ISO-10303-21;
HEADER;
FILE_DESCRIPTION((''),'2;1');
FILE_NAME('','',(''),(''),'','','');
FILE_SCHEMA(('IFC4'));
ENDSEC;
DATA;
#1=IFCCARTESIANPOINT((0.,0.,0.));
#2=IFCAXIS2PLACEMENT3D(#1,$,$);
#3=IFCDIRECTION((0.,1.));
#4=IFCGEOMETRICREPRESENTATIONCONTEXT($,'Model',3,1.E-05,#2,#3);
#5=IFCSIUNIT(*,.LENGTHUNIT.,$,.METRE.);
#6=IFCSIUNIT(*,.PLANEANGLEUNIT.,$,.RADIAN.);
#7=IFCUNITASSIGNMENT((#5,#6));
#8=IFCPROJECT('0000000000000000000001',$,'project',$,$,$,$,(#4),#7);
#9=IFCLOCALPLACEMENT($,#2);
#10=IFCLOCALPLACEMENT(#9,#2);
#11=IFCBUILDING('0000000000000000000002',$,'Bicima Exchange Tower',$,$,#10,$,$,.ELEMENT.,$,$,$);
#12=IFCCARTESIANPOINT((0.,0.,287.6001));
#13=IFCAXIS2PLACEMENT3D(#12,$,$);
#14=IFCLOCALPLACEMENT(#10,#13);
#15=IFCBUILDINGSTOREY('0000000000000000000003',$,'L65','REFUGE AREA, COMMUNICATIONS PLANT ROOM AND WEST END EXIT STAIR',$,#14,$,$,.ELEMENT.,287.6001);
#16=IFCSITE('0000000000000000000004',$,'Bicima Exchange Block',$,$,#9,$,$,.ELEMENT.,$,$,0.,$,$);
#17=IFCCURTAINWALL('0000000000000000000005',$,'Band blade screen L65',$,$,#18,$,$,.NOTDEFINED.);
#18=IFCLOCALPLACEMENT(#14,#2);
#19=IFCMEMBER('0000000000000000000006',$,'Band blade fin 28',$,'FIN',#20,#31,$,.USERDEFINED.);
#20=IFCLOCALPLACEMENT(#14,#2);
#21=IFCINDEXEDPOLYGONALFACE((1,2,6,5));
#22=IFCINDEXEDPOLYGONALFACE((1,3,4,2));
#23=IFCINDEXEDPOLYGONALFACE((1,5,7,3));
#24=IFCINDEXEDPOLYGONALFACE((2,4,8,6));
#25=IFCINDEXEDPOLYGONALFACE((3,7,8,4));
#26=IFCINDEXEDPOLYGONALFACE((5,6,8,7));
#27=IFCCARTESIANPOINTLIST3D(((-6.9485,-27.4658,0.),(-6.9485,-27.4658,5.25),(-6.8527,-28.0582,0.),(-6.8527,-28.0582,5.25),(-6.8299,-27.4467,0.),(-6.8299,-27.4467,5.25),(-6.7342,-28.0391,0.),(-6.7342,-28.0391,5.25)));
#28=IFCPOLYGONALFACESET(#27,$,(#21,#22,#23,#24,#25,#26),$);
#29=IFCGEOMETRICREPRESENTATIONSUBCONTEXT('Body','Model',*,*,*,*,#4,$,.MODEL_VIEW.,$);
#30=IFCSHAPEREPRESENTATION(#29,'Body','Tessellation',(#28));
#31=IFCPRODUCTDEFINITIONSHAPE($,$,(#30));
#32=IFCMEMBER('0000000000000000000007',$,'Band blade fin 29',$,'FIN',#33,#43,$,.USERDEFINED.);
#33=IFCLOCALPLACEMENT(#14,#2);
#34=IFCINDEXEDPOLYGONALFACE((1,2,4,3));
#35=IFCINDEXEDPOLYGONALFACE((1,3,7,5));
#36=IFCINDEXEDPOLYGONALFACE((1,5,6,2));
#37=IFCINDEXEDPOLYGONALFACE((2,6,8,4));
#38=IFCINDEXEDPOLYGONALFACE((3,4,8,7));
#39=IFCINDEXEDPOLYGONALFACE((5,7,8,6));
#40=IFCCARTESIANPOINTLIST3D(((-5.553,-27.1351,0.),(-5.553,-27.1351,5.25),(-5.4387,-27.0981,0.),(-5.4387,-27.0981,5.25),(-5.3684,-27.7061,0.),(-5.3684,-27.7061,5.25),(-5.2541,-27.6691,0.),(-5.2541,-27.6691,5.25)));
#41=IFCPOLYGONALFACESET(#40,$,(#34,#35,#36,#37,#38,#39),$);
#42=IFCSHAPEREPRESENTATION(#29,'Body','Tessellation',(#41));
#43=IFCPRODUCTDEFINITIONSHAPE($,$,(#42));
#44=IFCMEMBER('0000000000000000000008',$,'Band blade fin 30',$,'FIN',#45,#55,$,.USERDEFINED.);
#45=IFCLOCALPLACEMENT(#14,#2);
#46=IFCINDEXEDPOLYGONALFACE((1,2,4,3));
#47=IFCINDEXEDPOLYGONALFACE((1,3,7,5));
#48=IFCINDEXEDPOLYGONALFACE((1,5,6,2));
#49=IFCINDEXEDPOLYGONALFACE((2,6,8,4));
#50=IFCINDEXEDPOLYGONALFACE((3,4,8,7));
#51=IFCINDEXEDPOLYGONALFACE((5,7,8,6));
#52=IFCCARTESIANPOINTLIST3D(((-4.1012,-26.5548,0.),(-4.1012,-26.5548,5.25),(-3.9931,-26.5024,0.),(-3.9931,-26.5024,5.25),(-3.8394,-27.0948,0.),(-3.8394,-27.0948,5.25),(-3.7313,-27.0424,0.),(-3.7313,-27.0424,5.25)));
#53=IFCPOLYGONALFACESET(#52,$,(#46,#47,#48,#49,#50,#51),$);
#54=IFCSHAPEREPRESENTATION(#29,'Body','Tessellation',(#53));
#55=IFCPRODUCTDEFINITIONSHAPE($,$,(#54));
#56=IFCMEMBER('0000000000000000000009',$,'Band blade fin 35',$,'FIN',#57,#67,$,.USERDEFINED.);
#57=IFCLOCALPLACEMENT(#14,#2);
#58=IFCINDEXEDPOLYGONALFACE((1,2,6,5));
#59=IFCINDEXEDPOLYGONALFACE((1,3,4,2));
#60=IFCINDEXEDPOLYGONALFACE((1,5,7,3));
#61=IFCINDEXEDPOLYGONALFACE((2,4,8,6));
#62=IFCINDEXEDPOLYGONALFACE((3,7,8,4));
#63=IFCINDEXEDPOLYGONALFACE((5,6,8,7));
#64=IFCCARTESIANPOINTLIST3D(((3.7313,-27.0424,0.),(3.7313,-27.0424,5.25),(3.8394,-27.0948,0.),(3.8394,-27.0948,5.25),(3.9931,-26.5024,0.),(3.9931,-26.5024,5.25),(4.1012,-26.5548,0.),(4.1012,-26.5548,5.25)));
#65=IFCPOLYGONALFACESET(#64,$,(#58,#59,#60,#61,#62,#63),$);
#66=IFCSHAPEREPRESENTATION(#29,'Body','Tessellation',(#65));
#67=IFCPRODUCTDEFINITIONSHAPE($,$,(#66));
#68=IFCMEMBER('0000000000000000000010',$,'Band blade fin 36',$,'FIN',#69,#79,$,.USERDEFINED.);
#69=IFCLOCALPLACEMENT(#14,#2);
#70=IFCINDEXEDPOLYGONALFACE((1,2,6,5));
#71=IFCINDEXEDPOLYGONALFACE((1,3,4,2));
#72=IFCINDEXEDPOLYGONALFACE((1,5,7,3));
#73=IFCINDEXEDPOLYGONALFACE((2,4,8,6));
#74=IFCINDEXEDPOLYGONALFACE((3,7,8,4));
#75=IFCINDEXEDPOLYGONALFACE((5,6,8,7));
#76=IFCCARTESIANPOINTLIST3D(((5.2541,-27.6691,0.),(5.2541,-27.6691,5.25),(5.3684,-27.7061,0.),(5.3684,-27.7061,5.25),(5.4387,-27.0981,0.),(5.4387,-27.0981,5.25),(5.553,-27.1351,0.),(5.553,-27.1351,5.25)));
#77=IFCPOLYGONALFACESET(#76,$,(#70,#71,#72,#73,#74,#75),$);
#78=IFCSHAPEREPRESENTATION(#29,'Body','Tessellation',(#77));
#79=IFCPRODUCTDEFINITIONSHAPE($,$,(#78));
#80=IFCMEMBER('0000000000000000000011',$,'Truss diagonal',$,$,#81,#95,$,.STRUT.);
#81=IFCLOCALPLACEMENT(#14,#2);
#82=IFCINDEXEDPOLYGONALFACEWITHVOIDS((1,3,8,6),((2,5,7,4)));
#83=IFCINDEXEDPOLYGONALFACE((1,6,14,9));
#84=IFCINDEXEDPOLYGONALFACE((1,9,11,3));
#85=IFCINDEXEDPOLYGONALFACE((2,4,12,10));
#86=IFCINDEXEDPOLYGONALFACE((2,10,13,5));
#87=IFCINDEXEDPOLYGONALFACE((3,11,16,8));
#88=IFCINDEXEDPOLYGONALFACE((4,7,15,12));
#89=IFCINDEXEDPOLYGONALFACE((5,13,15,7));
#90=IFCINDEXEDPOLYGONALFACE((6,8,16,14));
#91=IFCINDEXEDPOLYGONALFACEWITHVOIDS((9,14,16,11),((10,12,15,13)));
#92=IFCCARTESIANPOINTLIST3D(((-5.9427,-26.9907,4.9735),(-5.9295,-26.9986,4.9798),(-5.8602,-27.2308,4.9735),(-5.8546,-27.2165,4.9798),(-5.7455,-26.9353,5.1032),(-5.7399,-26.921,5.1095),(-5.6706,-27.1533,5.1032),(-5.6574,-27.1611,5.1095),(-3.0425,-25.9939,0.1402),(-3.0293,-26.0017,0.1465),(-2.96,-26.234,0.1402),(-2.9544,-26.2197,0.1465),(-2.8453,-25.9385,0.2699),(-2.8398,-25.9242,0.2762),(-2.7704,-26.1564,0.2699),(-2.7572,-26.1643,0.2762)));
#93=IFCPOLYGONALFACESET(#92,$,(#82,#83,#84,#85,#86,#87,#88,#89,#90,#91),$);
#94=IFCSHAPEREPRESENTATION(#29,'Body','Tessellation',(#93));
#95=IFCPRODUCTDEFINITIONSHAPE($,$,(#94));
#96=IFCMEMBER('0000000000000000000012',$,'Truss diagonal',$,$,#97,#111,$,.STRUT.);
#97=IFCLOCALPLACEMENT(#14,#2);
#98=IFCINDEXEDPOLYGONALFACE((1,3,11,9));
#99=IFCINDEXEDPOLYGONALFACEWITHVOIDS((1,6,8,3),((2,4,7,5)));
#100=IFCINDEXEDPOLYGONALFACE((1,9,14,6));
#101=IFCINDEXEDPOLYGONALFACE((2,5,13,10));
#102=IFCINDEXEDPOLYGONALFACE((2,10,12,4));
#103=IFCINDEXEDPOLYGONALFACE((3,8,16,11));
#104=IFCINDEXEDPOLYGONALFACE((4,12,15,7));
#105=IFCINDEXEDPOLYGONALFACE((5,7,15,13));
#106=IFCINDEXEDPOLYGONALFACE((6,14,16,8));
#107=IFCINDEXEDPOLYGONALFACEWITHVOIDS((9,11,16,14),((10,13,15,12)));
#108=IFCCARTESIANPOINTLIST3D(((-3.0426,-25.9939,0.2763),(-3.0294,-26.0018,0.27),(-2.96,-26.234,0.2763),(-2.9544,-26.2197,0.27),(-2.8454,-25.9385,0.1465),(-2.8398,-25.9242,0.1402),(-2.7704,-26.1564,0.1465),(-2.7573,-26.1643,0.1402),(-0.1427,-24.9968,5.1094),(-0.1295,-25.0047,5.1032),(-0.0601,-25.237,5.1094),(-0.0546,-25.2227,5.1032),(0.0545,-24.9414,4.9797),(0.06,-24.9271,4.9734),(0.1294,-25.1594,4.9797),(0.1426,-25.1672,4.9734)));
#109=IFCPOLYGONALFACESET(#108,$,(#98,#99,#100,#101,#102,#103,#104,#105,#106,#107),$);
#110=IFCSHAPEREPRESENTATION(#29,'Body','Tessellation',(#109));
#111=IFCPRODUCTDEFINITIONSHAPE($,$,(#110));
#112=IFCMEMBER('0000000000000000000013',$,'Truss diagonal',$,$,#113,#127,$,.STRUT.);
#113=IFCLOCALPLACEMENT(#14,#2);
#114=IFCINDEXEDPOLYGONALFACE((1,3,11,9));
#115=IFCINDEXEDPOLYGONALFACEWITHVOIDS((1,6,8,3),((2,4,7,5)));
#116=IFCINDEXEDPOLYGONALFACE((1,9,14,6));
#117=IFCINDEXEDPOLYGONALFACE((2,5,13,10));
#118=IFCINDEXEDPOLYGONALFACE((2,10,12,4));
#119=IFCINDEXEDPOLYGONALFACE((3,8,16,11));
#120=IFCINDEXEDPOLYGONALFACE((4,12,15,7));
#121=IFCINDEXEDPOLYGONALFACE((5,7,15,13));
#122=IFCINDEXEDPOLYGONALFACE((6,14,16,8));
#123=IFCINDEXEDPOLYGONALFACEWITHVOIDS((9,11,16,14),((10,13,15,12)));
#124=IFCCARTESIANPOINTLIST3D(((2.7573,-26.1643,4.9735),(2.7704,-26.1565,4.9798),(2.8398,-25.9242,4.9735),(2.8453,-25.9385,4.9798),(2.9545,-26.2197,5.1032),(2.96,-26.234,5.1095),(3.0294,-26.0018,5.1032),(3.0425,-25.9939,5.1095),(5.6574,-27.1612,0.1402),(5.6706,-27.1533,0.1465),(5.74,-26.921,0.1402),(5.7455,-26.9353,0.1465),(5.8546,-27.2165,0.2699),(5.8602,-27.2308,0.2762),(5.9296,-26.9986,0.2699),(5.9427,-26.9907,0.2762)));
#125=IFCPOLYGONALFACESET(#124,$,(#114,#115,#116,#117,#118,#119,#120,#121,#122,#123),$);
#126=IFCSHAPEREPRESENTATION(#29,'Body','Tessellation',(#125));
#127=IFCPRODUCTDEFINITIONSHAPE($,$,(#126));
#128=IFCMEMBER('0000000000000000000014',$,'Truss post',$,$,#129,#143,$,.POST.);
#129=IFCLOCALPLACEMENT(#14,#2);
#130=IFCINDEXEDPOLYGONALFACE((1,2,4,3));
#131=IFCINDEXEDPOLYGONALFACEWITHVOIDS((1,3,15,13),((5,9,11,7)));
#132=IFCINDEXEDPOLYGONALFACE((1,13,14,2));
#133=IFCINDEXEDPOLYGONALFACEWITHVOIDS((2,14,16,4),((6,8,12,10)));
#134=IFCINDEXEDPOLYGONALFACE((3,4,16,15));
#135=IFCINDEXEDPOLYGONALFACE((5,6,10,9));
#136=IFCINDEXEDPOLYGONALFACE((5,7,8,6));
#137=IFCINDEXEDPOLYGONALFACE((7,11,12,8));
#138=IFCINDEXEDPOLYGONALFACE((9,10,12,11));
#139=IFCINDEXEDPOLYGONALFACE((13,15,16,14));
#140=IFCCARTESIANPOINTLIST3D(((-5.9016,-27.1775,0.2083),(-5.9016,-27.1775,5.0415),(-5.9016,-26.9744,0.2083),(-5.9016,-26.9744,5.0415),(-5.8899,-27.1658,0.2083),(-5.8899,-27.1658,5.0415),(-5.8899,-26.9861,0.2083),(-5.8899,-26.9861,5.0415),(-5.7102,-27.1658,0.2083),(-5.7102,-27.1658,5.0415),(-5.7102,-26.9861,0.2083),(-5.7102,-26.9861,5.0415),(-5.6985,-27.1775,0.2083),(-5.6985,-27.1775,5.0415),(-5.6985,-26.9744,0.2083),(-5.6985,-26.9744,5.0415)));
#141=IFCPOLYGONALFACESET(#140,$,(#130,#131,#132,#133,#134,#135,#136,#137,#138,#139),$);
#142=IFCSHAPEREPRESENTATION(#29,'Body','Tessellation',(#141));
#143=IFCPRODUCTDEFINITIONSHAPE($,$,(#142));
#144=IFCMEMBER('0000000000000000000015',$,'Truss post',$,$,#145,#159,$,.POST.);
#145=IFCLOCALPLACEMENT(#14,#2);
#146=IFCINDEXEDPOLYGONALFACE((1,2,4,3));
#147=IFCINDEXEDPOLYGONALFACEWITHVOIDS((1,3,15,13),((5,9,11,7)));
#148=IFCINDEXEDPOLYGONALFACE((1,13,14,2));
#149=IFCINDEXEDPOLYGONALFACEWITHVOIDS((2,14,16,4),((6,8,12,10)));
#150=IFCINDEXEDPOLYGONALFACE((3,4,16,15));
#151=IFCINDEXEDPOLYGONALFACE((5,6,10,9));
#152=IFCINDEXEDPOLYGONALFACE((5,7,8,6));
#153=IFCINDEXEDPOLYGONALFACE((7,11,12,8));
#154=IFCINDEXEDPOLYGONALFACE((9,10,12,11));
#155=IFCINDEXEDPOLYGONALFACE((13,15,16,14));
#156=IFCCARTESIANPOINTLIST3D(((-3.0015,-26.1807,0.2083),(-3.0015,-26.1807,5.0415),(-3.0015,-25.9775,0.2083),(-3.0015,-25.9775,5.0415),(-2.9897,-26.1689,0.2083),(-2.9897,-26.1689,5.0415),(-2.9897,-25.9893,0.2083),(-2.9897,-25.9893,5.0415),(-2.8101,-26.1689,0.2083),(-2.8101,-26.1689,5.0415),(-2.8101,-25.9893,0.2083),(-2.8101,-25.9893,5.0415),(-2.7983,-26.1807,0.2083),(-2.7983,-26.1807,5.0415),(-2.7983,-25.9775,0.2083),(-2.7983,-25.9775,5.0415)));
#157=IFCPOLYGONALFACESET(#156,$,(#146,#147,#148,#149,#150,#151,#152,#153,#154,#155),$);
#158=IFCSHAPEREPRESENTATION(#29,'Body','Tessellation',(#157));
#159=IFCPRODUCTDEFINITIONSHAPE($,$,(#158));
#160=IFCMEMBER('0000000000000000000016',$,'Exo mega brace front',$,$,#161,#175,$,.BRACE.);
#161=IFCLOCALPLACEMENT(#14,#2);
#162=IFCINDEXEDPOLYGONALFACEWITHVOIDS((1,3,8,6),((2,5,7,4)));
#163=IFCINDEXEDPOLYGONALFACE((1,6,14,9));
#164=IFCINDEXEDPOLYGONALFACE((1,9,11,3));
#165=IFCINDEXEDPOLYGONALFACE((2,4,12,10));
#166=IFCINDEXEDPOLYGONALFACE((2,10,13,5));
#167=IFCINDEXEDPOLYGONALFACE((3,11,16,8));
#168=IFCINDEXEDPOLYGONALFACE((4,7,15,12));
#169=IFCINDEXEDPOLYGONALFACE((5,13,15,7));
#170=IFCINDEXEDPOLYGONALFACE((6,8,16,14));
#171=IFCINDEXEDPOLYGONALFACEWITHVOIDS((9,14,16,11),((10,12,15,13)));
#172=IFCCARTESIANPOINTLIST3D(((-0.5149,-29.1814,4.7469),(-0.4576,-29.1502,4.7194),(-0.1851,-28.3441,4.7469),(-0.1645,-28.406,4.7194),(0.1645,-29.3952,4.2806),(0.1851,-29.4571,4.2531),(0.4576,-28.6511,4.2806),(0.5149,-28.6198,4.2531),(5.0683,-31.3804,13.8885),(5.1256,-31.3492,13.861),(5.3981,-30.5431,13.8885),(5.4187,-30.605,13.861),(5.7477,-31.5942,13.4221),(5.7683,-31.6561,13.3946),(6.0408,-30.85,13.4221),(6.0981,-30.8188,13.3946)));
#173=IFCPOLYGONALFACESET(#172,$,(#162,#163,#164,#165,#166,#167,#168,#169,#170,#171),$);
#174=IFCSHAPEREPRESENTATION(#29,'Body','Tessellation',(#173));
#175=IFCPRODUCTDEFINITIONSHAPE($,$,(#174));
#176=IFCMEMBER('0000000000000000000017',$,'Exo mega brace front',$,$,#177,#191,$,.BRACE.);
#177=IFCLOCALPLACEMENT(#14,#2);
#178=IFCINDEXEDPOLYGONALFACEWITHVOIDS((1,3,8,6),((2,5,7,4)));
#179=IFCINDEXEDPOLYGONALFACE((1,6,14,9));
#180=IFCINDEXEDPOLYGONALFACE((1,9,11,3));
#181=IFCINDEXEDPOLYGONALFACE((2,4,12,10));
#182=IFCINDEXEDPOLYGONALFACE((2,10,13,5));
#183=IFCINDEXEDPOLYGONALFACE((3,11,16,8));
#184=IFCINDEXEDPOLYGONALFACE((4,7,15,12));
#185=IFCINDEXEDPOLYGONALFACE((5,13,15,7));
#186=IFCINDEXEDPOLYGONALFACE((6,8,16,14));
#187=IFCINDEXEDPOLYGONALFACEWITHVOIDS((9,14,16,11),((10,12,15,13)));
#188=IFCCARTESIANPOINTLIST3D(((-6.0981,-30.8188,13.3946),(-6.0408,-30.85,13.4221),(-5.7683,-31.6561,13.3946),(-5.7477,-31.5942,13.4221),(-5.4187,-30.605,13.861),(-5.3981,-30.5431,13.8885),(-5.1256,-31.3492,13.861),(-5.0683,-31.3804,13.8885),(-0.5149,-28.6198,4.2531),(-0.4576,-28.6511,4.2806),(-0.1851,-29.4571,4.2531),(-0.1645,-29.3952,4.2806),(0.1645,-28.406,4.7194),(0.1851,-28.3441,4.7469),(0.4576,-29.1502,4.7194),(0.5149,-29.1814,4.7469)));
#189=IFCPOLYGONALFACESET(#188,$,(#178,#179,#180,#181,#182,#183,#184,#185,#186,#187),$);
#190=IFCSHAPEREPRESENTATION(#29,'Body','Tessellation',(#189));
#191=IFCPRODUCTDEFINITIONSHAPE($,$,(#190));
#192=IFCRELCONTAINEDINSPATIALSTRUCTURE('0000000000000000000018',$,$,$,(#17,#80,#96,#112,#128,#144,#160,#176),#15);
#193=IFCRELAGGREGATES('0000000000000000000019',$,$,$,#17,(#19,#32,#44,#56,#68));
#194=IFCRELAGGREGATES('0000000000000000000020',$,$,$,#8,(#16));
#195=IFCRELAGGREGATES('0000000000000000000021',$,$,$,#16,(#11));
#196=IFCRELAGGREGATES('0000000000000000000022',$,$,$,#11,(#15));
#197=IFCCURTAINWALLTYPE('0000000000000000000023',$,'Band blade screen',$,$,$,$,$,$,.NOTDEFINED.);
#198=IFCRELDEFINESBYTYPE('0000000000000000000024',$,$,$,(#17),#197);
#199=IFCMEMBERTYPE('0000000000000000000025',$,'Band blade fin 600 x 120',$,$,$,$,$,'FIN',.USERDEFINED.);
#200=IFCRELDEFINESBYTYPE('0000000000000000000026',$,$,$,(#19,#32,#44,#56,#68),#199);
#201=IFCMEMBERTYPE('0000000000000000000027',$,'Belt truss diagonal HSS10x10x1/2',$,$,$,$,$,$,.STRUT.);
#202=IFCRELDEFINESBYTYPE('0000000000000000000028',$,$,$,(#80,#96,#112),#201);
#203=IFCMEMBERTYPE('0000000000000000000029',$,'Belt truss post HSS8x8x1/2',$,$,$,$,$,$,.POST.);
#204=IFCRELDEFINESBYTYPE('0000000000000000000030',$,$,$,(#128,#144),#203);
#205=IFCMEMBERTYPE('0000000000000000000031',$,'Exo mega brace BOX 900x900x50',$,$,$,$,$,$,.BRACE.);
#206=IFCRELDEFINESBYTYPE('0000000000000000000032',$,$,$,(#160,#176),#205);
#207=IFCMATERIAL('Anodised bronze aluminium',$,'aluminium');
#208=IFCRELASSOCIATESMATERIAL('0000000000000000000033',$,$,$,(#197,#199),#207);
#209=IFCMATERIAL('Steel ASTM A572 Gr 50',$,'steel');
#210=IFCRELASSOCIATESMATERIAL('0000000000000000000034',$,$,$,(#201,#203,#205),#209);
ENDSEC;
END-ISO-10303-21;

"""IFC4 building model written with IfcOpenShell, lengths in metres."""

from ifc_helpers import new_model, si_unit, direction, frame, origin, origin_2d, place, context, subcontext, project, spatial, rectangle, hollow_rectangle, extrude, material, material_profile, profile_set, type_object, element, aggregate, save


model = new_model("IFC4")

# Units and contexts
model_context = context("Model", 3, precision=1e-05, world=origin(), true_north=direction((0.0, 1.0)))
body_context = subcontext(model_context, "Body", "Model", "MODEL_VIEW")
ifc_project = project(units=[si_unit("LENGTHUNIT", "METRE"), si_unit("PLANEANGLEUNIT", "RADIAN")], contexts=[model_context])

# Site, building, storey
site_placement = place(None, origin())
site = spatial("IfcSite", under=ifc_project, at=site_placement, Name="Bicima Exchange Block", CompositionType="ELEMENT", RefElevation=0.0)
building_placement = place(site_placement, origin())
building = spatial("IfcBuilding", under=site, at=building_placement, Name="Bicima Exchange Tower", CompositionType="ELEMENT")
storey_placement = place(building_placement, frame((0.0, 0.0, 287.6001)))
storey = spatial("IfcBuildingStorey", under=building, at=storey_placement, Name="L65", Description="REFUGE AREA, COMMUNICATIONS PLANT ROOM AND WEST END EXIT STAIR", CompositionType="ELEMENT", Elevation=287.6001)

# Curtain wall, members
ifc_material_1 = material(Name="Anodised bronze aluminium", Category="aluminium")
curtain_wall_type = type_object("IfcCurtainWallType", Name="Band blade screen", PredefinedType="NOTDEFINED", material=ifc_material_1)
curtain_wall_placement = place(storey_placement, origin())
curtain_wall = element("IfcCurtainWall", 1, at=curtain_wall_placement, inside=storey, type_object=curtain_wall_type, Name="Band blade screen L65", PredefinedType="NOTDEFINED")
ifc_material_profile_1 = material_profile(ifc_material_1, rectangle(XDim=0.6001, YDim=0.1201, at=origin_2d()))
ifc_profile_set_1 = profile_set([ifc_material_profile_1], Name="Anodised bronze aluminium")
member_type_1 = type_object("IfcMemberType", Name="Band blade fin 600 x 120", ElementType="FIN", PredefinedType="USERDEFINED", material=ifc_profile_set_1)
member_1_placement = place(storey_placement, frame((-6.8413, -27.7524, 0.0), z_axis=(0.0, 0.0, 1.0), x_axis=(-0.159533, 0.987193, 0.0)))
member_1 = element("IfcMember", 2, at=member_1_placement, type_object=member_type_1, Name="Band blade fin 28", ObjectType="FIN", PredefinedType="USERDEFINED", context=body_context, shape_type="SweptSolid", body=[
    extrude(rectangle(XDim=0.6001, YDim=0.1201, at=origin_2d()), origin(), (0.0, 0.0, 1.0), 5.25),
])
member_2_placement = place(storey_placement, frame((-5.4036, -27.4021, 0.0), z_axis=(0.0, 0.0, 1.0), x_axis=(-0.307553, 0.951531, 0.0)))
member_2 = element("IfcMember", 3, at=member_2_placement, type_object=member_type_1, Name="Band blade fin 29", ObjectType="FIN", PredefinedType="USERDEFINED", context=body_context, shape_type="SweptSolid", body=[
    extrude(rectangle(XDim=0.6001, YDim=0.1201, at=origin_2d()), origin(), (0.0, 0.0, 1.0), 5.25),
])
member_3_placement = place(storey_placement, frame((-3.9163, -26.7986, 0.0), z_axis=(0.0, 0.0, 1.0), x_axis=(-0.436287, 0.899808, 0.0)))
member_3 = element("IfcMember", 4, at=member_3_placement, type_object=member_type_1, Name="Band blade fin 30", ObjectType="FIN", PredefinedType="USERDEFINED", context=body_context, shape_type="SweptSolid", body=[
    extrude(rectangle(XDim=0.6001, YDim=0.1201, at=origin_2d()), origin(), (0.0, 0.0, 1.0), 5.25),
])
member_4_placement = place(storey_placement, frame((3.9163, -26.7986, 0.0), z_axis=(0.0, 0.0, 1.0), x_axis=(0.436287, 0.899808, 0.0)))
member_4 = element("IfcMember", 5, at=member_4_placement, type_object=member_type_1, Name="Band blade fin 35", ObjectType="FIN", PredefinedType="USERDEFINED", context=body_context, shape_type="SweptSolid", body=[
    extrude(rectangle(XDim=0.6001, YDim=0.1201, at=origin_2d()), origin(), (0.0, 0.0, 1.0), 5.25),
])
member_5_placement = place(storey_placement, frame((5.4036, -27.4021, 0.0), z_axis=(0.0, 0.0, 1.0), x_axis=(0.307553, 0.951531, 0.0)))
member_5 = element("IfcMember", 6, at=member_5_placement, type_object=member_type_1, Name="Band blade fin 36", ObjectType="FIN", PredefinedType="USERDEFINED", context=body_context, shape_type="SweptSolid", body=[
    extrude(rectangle(XDim=0.6001, YDim=0.1201, at=origin_2d()), origin(), (0.0, 0.0, 1.0), 5.25),
])
aggregate(curtain_wall, [member_1, member_2, member_3, member_4, member_5])

# Members
ifc_material_2 = material(Name="Steel ASTM A572 Gr 50", Category="steel")
ifc_material_profile_2 = material_profile(ifc_material_2, hollow_rectangle(XDim=0.2539, YDim=0.2539, WallThickness=0.0117, at=origin_2d()))
ifc_profile_set_2 = profile_set([ifc_material_profile_2], Name="Steel ASTM A572 Gr 50")
member_type_2 = type_object("IfcMemberType", Name="Belt truss diagonal HSS10x10x1/2", PredefinedType="STRUT", material=ifc_profile_set_2)
member_6_placement = place(storey_placement, frame((-5.8, -27.0759, 5.0415), z_axis=(0.506659, 0.174147, -0.844375), x_axis=(-0.325051, 0.945697, 0.0)))
element("IfcMember", 7, at=member_6_placement, inside=storey, type_object=member_type_2, Name="Truss diagonal", PredefinedType="STRUT", context=body_context, shape_type="SweptSolid", body=[
    extrude(hollow_rectangle(XDim=0.2539, YDim=0.2539, WallThickness=0.0117, at=origin_2d()), origin(), (0.0, 0.0, 1.0), 5.7241),
])
member_7_placement = place(storey_placement, frame((-2.8999, -26.0791, 0.2083), z_axis=(0.506624, 0.174192, 0.844387), x_axis=(-0.325147, 0.945664, 0.0)))
element("IfcMember", 8, at=member_7_placement, inside=storey, type_object=member_type_2, Name="Truss diagonal", PredefinedType="STRUT", context=body_context, shape_type="SweptSolid", body=[
    extrude(hollow_rectangle(XDim=0.2539, YDim=0.2539, WallThickness=0.0117, at=origin_2d()), origin(), (0.0, 0.0, 1.0), 5.7239),
])
member_8_placement = place(storey_placement, frame((2.8999, -26.0791, 5.0415), z_axis=(0.506659, -0.174147, -0.844375), x_axis=(0.325051, 0.945697, 0.0)))
element("IfcMember", 9, at=member_8_placement, inside=storey, type_object=member_type_2, Name="Truss diagonal", PredefinedType="STRUT", context=body_context, shape_type="SweptSolid", body=[
    extrude(hollow_rectangle(XDim=0.2539, YDim=0.2539, WallThickness=0.0117, at=origin_2d()), origin(), (0.0, 0.0, 1.0), 5.7241),
])
ifc_material_profile_3 = material_profile(ifc_material_2, hollow_rectangle(XDim=0.2031, YDim=0.2031, WallThickness=0.0117, at=origin_2d()))
ifc_profile_set_3 = profile_set([ifc_material_profile_3], Name="Steel ASTM A572 Gr 50")
member_type_3 = type_object("IfcMemberType", Name="Belt truss post HSS8x8x1/2", PredefinedType="POST", material=ifc_profile_set_3)
for number, where, z_axis, x_axis, name in (
    (10, (-5.8, -27.0759, 0.2083), (0.0, 0.0, 1.0), (1.0, 0.0, 0.0), "Truss post"),
    (11, (-2.8999, -26.0791, 0.2083), (0.0, 0.0, 1.0), (1.0, 0.0, 0.0), "Truss post"),
):
    element("IfcMember", number, at=place(storey_placement, frame(where, z_axis=z_axis, x_axis=x_axis)), inside=storey, type_object=member_type_3, Name=name, PredefinedType="POST", context=body_context, shape_type="SweptSolid", body=[
        extrude(hollow_rectangle(XDim=0.2031, YDim=0.2031, WallThickness=0.0117, at=origin_2d()), origin(), (0.0, 0.0, 1.0), 4.8333),
    ])
ifc_material_profile_4 = material_profile(ifc_material_2, hollow_rectangle(XDim=0.8999, YDim=0.8999, WallThickness=0.05, at=origin_2d()))
ifc_profile_set_4 = profile_set([ifc_material_profile_4], Name="Steel ASTM A572 Gr 50")
member_type_4 = type_object("IfcMemberType", Name="Exo mega brace BOX 900x900x50", PredefinedType="BRACE", material=ifc_profile_set_4)
for number, where, z_axis, x_axis, name in (
    (12, (0.0, -28.9006, 4.5), (0.510579, -0.201093, 0.835985), (0.366454, 0.930436, 0.0), "Exo mega brace front"),
    (13, (0.0, -28.9006, 4.5), (-0.510579, -0.201093, 0.835985), (0.366454, -0.930436, 0.0), "Exo mega brace front"),
):
    element("IfcMember", number, at=place(storey_placement, frame(where, z_axis=z_axis, x_axis=x_axis)), inside=storey, type_object=member_type_4, Name=name, PredefinedType="BRACE", context=body_context, shape_type="SweptSolid", body=[
        extrude(hollow_rectangle(XDim=0.8999, YDim=0.8999, WallThickness=0.05, at=origin_2d()), origin(), (0.0, 0.0, 1.0), 10.9351),
    ])

save(model, "model.ifc")
